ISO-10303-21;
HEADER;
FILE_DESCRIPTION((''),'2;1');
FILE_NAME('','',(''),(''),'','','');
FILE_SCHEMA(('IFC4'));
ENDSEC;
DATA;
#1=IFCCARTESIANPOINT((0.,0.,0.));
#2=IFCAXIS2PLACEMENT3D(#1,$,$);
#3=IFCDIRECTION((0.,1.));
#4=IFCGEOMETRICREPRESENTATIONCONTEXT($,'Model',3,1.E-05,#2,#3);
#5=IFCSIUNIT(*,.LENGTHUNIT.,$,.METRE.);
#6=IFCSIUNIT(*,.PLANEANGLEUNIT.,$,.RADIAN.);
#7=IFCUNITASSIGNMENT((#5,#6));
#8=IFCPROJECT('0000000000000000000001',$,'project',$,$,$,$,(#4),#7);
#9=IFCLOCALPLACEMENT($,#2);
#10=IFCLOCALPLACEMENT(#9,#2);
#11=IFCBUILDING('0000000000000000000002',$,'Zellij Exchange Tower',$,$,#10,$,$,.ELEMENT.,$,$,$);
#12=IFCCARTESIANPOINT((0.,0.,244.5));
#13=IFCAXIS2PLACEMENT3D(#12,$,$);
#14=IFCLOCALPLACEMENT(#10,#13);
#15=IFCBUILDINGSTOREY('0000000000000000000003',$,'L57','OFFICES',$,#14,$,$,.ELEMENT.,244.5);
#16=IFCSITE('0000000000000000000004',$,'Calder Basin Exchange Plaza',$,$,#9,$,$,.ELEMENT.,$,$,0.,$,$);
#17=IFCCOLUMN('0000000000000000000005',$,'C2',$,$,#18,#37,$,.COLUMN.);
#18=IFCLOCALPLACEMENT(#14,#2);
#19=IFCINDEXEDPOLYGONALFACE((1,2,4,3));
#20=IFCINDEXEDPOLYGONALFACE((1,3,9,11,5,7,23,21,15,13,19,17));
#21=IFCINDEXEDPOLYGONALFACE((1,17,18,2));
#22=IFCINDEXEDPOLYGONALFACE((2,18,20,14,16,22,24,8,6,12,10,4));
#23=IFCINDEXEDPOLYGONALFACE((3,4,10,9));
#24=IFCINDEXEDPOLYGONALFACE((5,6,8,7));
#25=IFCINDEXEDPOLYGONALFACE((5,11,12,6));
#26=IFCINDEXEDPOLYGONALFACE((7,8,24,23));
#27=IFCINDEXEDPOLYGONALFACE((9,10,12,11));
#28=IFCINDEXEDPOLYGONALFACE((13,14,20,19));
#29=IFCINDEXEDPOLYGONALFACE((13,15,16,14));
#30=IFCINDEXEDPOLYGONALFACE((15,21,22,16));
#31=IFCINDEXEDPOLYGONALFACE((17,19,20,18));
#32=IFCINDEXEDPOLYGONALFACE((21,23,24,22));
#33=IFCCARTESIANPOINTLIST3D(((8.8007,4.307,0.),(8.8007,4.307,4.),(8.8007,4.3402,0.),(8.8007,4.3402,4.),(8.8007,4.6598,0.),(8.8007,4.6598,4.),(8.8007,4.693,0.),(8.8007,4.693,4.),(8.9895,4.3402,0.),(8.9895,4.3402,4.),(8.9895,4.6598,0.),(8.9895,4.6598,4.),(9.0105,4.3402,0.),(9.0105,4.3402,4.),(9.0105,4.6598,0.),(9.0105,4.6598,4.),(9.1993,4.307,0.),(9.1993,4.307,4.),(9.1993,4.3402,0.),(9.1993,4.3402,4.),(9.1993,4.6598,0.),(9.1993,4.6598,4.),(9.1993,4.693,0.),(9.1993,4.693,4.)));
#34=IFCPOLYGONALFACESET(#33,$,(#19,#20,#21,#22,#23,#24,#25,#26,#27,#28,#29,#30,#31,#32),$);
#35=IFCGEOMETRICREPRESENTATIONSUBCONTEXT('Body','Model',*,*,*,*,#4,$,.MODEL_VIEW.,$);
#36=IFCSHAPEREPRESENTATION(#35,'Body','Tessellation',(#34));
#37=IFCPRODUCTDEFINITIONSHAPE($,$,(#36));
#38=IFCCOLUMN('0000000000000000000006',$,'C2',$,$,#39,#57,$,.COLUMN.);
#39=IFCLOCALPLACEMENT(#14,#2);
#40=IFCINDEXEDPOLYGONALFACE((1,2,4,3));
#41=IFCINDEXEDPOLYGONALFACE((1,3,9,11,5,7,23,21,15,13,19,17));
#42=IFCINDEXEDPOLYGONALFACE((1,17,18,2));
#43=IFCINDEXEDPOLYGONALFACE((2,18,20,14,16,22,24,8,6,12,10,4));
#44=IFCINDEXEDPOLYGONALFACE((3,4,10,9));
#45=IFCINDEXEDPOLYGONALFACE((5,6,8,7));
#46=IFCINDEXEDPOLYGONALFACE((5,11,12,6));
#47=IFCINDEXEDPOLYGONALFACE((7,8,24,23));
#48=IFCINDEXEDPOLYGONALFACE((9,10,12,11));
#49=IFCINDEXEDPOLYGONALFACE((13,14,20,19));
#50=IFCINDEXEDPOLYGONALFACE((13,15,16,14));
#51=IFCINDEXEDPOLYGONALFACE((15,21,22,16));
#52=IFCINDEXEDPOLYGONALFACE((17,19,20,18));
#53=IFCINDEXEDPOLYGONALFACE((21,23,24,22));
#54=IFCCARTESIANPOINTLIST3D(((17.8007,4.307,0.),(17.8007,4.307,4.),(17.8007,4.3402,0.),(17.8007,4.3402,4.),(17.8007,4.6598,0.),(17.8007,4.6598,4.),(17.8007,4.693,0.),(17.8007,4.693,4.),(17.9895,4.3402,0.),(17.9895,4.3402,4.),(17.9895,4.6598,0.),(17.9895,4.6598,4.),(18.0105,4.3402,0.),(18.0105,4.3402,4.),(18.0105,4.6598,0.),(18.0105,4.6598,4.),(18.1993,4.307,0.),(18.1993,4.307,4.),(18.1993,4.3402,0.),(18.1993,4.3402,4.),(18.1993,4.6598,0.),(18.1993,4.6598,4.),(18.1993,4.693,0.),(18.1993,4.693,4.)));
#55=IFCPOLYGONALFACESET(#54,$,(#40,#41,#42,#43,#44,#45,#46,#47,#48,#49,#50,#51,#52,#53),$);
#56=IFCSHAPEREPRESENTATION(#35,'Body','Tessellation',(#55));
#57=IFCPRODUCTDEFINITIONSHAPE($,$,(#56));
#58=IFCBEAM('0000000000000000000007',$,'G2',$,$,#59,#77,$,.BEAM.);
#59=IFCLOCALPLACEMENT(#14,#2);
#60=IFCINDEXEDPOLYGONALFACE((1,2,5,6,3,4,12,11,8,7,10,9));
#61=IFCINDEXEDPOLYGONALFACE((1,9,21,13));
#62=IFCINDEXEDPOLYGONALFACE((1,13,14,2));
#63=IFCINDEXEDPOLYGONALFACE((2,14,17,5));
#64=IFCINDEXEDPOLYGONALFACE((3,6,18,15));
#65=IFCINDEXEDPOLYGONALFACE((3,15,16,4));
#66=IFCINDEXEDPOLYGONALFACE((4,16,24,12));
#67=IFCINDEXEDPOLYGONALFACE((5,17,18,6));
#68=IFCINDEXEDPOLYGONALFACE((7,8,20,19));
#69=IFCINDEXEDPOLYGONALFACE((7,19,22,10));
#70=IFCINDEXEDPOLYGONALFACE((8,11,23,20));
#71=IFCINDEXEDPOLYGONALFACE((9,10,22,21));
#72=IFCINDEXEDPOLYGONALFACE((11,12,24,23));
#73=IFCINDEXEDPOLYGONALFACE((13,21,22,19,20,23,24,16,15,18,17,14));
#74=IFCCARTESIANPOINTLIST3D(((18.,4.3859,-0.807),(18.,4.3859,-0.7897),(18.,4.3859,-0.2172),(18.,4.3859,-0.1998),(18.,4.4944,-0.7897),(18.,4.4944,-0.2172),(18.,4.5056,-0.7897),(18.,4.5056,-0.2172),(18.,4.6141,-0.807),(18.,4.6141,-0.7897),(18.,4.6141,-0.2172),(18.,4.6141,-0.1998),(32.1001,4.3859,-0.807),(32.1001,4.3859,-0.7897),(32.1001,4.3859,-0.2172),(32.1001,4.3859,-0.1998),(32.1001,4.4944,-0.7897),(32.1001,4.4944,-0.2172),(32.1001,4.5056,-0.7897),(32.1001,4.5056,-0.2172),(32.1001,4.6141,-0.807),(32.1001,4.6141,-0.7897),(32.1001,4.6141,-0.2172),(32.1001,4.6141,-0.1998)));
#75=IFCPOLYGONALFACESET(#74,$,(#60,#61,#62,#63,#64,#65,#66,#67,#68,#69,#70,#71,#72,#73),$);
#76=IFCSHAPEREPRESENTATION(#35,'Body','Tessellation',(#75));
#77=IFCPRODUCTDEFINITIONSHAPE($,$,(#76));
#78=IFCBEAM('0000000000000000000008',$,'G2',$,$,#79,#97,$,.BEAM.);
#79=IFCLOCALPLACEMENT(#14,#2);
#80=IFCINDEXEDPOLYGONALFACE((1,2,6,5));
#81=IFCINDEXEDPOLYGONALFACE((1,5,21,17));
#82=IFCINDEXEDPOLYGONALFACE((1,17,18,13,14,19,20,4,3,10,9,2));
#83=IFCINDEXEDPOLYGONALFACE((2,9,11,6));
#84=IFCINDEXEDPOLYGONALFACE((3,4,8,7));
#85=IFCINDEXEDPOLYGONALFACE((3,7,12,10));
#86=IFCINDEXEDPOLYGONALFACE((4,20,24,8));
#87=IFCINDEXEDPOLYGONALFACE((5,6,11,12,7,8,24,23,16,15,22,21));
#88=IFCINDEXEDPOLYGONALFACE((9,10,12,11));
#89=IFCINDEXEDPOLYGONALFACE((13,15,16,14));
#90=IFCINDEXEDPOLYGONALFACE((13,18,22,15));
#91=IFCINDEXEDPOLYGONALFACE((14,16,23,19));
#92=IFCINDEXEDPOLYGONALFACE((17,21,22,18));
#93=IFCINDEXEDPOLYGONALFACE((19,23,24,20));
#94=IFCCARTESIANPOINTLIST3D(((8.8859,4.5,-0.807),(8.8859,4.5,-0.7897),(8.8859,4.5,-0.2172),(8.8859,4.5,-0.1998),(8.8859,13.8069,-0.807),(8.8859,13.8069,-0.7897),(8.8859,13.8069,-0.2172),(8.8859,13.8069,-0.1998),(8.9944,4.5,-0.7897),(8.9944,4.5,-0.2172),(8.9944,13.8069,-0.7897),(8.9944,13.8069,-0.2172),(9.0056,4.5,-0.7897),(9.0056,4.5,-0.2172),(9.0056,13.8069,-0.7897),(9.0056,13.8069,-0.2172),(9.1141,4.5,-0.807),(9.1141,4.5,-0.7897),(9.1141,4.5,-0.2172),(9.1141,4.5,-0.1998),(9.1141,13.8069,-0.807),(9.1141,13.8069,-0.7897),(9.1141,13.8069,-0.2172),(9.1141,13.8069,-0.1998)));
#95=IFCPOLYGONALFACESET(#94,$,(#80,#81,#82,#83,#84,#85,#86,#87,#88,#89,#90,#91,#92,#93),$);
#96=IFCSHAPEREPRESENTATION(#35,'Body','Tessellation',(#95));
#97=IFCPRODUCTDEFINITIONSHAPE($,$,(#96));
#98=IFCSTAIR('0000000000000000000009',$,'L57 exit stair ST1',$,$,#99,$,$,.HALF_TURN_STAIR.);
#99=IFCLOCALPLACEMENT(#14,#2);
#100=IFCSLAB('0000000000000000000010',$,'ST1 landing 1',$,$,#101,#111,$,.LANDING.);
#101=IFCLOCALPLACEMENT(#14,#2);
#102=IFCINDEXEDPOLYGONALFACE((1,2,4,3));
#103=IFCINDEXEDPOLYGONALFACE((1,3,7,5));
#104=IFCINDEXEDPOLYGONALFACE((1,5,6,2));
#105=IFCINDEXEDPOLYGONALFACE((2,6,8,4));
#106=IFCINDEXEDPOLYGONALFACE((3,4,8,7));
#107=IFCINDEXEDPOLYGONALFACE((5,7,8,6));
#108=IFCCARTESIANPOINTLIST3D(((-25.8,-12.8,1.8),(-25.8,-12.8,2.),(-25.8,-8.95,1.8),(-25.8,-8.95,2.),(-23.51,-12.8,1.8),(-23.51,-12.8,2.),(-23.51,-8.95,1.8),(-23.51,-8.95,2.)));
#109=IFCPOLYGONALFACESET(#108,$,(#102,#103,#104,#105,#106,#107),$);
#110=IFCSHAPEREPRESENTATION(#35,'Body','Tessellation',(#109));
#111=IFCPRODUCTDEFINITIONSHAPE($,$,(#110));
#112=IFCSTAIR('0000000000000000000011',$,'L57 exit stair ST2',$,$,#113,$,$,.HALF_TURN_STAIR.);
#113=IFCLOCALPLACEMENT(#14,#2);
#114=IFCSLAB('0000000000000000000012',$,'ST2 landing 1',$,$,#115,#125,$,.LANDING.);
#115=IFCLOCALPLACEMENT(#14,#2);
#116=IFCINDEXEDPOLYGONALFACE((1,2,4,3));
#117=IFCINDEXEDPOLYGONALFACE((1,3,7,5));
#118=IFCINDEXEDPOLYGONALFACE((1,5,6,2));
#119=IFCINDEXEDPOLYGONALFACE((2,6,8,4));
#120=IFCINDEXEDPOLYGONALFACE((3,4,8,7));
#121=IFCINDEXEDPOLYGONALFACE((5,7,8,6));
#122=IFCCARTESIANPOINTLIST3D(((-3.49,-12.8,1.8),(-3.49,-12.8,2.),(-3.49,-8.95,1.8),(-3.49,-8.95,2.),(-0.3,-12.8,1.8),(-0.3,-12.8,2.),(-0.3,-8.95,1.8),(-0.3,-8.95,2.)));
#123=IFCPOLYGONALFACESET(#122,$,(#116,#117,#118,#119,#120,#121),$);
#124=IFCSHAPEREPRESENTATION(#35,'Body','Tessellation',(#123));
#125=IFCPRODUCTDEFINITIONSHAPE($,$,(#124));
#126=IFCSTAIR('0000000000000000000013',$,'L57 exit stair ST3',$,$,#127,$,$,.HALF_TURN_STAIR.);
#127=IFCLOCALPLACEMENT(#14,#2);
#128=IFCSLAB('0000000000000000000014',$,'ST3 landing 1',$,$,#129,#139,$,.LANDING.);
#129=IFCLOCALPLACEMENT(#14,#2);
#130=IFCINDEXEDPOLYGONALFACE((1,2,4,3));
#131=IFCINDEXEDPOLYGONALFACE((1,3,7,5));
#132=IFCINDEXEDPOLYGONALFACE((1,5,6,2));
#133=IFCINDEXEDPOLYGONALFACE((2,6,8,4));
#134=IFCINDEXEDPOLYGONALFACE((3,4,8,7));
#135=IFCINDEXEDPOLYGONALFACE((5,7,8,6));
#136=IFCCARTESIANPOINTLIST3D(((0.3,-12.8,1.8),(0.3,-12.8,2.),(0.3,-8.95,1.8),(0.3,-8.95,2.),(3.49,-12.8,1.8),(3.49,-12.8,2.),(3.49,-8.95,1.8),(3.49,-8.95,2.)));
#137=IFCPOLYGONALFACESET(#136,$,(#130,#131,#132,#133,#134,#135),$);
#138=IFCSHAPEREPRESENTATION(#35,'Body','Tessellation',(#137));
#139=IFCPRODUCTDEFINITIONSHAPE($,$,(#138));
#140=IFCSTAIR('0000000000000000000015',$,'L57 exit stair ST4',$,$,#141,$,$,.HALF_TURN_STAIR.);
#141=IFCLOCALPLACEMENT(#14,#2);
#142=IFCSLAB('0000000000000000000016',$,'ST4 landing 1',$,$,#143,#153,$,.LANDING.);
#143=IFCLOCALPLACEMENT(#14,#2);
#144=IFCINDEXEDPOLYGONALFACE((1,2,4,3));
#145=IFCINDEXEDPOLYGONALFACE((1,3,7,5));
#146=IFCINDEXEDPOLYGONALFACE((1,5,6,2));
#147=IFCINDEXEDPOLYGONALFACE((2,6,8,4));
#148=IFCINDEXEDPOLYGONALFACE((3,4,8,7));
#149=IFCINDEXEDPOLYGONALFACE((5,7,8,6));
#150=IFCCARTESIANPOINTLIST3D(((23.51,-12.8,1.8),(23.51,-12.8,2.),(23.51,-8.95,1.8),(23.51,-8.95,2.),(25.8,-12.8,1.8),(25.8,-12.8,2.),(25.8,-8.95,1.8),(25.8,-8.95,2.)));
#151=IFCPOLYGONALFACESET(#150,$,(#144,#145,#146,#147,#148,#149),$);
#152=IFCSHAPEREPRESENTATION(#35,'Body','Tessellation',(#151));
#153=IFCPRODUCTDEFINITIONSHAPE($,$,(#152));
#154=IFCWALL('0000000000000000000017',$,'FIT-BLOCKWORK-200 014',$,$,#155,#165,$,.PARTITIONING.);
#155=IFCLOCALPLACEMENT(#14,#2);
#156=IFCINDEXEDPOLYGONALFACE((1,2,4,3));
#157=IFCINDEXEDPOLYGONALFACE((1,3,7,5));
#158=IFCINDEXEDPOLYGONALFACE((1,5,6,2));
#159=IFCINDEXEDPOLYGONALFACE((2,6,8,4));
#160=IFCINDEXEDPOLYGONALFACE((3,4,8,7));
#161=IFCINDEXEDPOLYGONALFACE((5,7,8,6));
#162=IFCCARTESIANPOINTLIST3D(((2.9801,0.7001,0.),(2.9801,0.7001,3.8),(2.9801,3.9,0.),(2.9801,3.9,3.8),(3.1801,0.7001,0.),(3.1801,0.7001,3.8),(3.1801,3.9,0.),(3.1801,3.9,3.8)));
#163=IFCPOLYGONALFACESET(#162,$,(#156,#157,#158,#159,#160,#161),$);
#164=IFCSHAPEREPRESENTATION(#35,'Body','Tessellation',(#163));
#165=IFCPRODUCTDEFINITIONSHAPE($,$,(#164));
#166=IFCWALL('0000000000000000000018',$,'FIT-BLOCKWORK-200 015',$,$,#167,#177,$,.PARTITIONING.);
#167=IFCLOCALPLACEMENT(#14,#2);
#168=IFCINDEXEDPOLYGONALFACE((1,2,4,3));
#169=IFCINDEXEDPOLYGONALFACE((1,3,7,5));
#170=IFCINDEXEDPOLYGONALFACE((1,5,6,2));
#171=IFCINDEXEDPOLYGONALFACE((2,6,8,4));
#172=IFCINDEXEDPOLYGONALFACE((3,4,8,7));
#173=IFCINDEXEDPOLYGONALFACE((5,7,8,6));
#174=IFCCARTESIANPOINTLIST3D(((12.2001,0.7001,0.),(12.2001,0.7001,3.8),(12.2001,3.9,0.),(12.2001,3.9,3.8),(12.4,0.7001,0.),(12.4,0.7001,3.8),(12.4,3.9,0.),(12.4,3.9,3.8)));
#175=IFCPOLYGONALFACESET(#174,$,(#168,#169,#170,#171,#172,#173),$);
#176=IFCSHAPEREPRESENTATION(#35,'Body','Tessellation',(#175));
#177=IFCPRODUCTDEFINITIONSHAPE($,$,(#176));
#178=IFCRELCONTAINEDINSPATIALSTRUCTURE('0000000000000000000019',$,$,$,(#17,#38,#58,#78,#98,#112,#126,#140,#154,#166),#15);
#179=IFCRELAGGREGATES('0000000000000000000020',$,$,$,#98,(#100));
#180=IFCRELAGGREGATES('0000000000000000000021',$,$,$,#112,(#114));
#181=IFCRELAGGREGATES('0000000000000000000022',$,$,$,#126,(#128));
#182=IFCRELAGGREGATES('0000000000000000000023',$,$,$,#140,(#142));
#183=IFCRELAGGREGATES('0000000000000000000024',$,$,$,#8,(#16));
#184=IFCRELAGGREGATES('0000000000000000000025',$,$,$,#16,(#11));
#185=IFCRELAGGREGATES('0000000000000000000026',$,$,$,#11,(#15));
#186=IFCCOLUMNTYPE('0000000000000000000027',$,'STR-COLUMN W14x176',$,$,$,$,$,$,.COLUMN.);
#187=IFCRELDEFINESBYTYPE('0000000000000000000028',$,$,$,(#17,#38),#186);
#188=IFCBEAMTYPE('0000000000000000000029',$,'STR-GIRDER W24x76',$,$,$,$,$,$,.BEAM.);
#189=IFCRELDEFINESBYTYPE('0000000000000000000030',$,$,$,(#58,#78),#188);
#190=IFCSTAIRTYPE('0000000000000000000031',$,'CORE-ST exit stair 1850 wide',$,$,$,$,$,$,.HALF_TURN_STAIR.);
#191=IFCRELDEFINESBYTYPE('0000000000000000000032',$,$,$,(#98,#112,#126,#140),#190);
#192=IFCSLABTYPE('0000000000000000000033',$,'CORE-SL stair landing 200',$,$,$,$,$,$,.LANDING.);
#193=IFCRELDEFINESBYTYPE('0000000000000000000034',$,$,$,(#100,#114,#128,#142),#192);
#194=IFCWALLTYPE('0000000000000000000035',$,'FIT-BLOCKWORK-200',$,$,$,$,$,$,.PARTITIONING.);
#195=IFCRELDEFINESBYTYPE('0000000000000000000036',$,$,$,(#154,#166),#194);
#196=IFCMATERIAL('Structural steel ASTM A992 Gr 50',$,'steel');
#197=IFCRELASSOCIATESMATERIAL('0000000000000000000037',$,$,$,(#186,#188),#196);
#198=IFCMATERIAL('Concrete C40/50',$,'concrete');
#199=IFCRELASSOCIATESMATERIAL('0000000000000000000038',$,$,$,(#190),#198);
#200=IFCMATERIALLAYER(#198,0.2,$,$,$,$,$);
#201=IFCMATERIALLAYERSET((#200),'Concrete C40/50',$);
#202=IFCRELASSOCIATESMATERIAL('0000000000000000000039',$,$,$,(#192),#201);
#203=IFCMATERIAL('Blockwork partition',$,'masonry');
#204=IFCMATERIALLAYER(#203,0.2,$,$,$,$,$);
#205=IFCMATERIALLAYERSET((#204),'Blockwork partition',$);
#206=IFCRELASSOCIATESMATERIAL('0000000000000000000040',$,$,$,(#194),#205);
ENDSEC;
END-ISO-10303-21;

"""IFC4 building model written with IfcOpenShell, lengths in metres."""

from ifc_helpers import new_model, si_unit, direction, frame, frame_2d, origin, origin_2d, place, context, subcontext, project, spatial, polyline, rectangle, i_section, outline, extrude, material, layer, layer_set, material_profile, profile_set, type_object, element, aggregate, save


model = new_model("IFC4")

# Units and contexts
model_context = context("Model", 3, precision=1e-05, world=origin(), true_north=direction((0.0, 1.0)))
body_context = subcontext(model_context, "Body", "Model", "MODEL_VIEW")
ifc_project = project(units=[si_unit("LENGTHUNIT", "METRE"), si_unit("PLANEANGLEUNIT", "RADIAN")], contexts=[model_context])

# Site, building, storey
site_placement = place(None, origin())
site = spatial("IfcSite", under=ifc_project, at=site_placement, Name="Calder Basin Exchange Plaza", CompositionType="ELEMENT", RefElevation=0.0)
building_placement = place(site_placement, origin())
building = spatial("IfcBuilding", under=site, at=building_placement, Name="Zellij Exchange Tower", CompositionType="ELEMENT")
storey_placement = place(building_placement, frame((0.0, 0.0, 244.5)))
storey = spatial("IfcBuildingStorey", under=building, at=storey_placement, Name="L57", Description="OFFICES", CompositionType="ELEMENT", Elevation=244.5)

# Columns
ifc_material_1 = material(Name="Structural steel ASTM A992 Gr 50", Category="steel")
ifc_material_profile_1 = material_profile(ifc_material_1, i_section(OverallWidth=0.3987, OverallDepth=0.386, WebThickness=0.021, FlangeThickness=0.0332, at=origin_2d()), Name="W14x176")
ifc_profile_set_1 = profile_set([ifc_material_profile_1], Name="Structural steel ASTM A992 Gr 50")
column_type = type_object("IfcColumnType", Name="STR-COLUMN W14x176", PredefinedType="COLUMN", material=ifc_profile_set_1)
for number, where, z_axis, x_axis, name in (
    (1, (9.0, 4.5, 0.0), (0.0, 0.0, 1.0), (1.0, 0.0, 0.0), "C2"),
    (2, (18.0, 4.5, 0.0), (0.0, 0.0, 1.0), (1.0, 0.0, 0.0), "C2"),
):
    element("IfcColumn", number, at=place(storey_placement, frame(where, z_axis=z_axis, x_axis=x_axis)), inside=storey, type_object=column_type, Name=name, PredefinedType="COLUMN", context=body_context, shape_type="SweptSolid", body=[
        extrude(i_section(OverallWidth=0.3987, OverallDepth=0.386, WebThickness=0.021, FlangeThickness=0.0332, at=origin_2d()), origin(), (0.0, 0.0, 1.0), 4.0),
    ])

# Beams
ifc_material_profile_2 = material_profile(ifc_material_1, i_section(OverallWidth=0.2283, OverallDepth=0.6072, WebThickness=0.0112, FlangeThickness=0.0173, at=origin_2d()), Name="W24x76")
ifc_profile_set_2 = profile_set([ifc_material_profile_2], Name="Structural steel ASTM A992 Gr 50")
beam_type = type_object("IfcBeamType", Name="STR-GIRDER W24x76", PredefinedType="BEAM", material=ifc_profile_set_2)
beam_1_placement = place(storey_placement, frame((18.0, 4.5, -0.5034), z_axis=(1.0, 0.0, 0.0), x_axis=(0.0, 1.0, 0.0)))
element("IfcBeam", 3, at=beam_1_placement, inside=storey, type_object=beam_type, Name="G2", PredefinedType="BEAM", context=body_context, shape_type="SweptSolid", body=[
    extrude(i_section(OverallWidth=0.2283, OverallDepth=0.6072, WebThickness=0.0112, FlangeThickness=0.0173, at=origin_2d()), origin(), (0.0, 0.0, 1.0), 14.1001),
])
beam_2_placement = place(storey_placement, frame((9.0, 4.5, -0.5034), z_axis=(0.0, 1.0, 0.0), x_axis=(-1.0, 0.0, 0.0)))
element("IfcBeam", 4, at=beam_2_placement, inside=storey, type_object=beam_type, Name="G2", PredefinedType="BEAM", context=body_context, shape_type="SweptSolid", body=[
    extrude(i_section(OverallWidth=0.2283, OverallDepth=0.6072, WebThickness=0.0112, FlangeThickness=0.0173, at=origin_2d()), origin(), (0.0, 0.0, 1.0), 9.3069),
])

# Stairs, slabs
ifc_material_2 = material(Name="Concrete C40/50", Category="concrete")
stair_type = type_object("IfcStairType", Name="CORE-ST exit stair 1850 wide", PredefinedType="HALF_TURN_STAIR", material=ifc_material_2)
stair_1_placement = place(storey_placement, origin())
stair_1 = element("IfcStair", 5, at=stair_1_placement, inside=storey, type_object=stair_type, Name="L57 exit stair ST1", PredefinedType="HALF_TURN_STAIR")
ifc_layer_1 = layer(ifc_material_2, 0.2)
ifc_layer_set_1 = layer_set([ifc_layer_1], Name="Concrete C40/50")
slab_type = type_object("IfcSlabType", Name="CORE-SL stair landing 200", PredefinedType="LANDING", material=ifc_layer_set_1)
slab_1_placement = place(storey_placement, frame((0.0, 0.0, 1.8)))
slab_1 = element("IfcSlab", 6, at=slab_1_placement, type_object=slab_type, Name="ST1 landing 1", PredefinedType="LANDING", context=body_context, shape_type="SweptSolid", body=[
    extrude(outline(polyline([(-23.51, -8.95), (-25.8, -8.95), (-25.8, -12.8), (-23.51, -12.8), (-23.51, -8.95)])), origin(), (0.0, 0.0, 1.0), 0.2),
])
aggregate(stair_1, [slab_1])
stair_2_placement = place(storey_placement, origin())
stair_2 = element("IfcStair", 7, at=stair_2_placement, inside=storey, type_object=stair_type, Name="L57 exit stair ST2", PredefinedType="HALF_TURN_STAIR")
slab_2_placement = place(storey_placement, frame((0.0, 0.0, 1.8)))
slab_2 = element("IfcSlab", 8, at=slab_2_placement, type_object=slab_type, Name="ST2 landing 1", PredefinedType="LANDING", context=body_context, shape_type="SweptSolid", body=[
    extrude(outline(polyline([(-3.49, -12.8), (-0.3, -12.8), (-0.3, -8.95), (-3.49, -8.95), (-3.49, -12.8)])), origin(), (0.0, 0.0, 1.0), 0.2),
])
aggregate(stair_2, [slab_2])
stair_3_placement = place(storey_placement, origin())
stair_3 = element("IfcStair", 9, at=stair_3_placement, inside=storey, type_object=stair_type, Name="L57 exit stair ST3", PredefinedType="HALF_TURN_STAIR")
slab_3_placement = place(storey_placement, frame((0.0, 0.0, 1.8)))
slab_3 = element("IfcSlab", 10, at=slab_3_placement, type_object=slab_type, Name="ST3 landing 1", PredefinedType="LANDING", context=body_context, shape_type="SweptSolid", body=[
    extrude(outline(polyline([(3.49, -8.95), (0.3, -8.95), (0.3, -12.8), (3.49, -12.8), (3.49, -8.95)])), origin(), (0.0, 0.0, 1.0), 0.2),
])
aggregate(stair_3, [slab_3])
stair_4_placement = place(storey_placement, origin())
stair_4 = element("IfcStair", 11, at=stair_4_placement, inside=storey, type_object=stair_type, Name="L57 exit stair ST4", PredefinedType="HALF_TURN_STAIR")
slab_4_placement = place(storey_placement, frame((0.0, 0.0, 1.8)))
slab_4 = element("IfcSlab", 12, at=slab_4_placement, type_object=slab_type, Name="ST4 landing 1", PredefinedType="LANDING", context=body_context, shape_type="SweptSolid", body=[
    extrude(outline(polyline([(23.51, -12.8), (25.8, -12.8), (25.8, -8.95), (23.51, -8.95), (23.51, -12.8)])), origin(), (0.0, 0.0, 1.0), 0.2),
])
aggregate(stair_4, [slab_4])

# Walls
ifc_material_3 = material(Name="Blockwork partition", Category="masonry")
ifc_layer_2 = layer(ifc_material_3, 0.2)
ifc_layer_set_2 = layer_set([ifc_layer_2], Name="Blockwork partition")
wall_type_1 = type_object("IfcWallType", Name="FIT-BLOCKWORK-200", PredefinedType="PARTITIONING", material=ifc_layer_set_2)
for number, where, z_axis, x_axis, name in (
    (13, (3.0801, 0.7, 0.0), (0.0, 0.0, 1.0), (0.0, 1.0, 0.0), "FIT-BLOCKWORK-200 014"),
    (14, (12.3, 0.7, 0.0), (0.0, 0.0, 1.0), (0.0, 1.0, 0.0), "FIT-BLOCKWORK-200 015"),
):
    element("IfcWall", number, at=place(storey_placement, frame(where, z_axis=z_axis, x_axis=x_axis)), inside=storey, type_object=wall_type_1, Name=name, PredefinedType="PARTITIONING", context=body_context, shape_type="SweptSolid", body=[
        extrude(rectangle(XDim=3.2, YDim=0.2, at=frame_2d((1.6001, 0.0))), origin(), (0.0, 0.0, 1.0), 3.8),
    ])

save(model, "model.ifc")
